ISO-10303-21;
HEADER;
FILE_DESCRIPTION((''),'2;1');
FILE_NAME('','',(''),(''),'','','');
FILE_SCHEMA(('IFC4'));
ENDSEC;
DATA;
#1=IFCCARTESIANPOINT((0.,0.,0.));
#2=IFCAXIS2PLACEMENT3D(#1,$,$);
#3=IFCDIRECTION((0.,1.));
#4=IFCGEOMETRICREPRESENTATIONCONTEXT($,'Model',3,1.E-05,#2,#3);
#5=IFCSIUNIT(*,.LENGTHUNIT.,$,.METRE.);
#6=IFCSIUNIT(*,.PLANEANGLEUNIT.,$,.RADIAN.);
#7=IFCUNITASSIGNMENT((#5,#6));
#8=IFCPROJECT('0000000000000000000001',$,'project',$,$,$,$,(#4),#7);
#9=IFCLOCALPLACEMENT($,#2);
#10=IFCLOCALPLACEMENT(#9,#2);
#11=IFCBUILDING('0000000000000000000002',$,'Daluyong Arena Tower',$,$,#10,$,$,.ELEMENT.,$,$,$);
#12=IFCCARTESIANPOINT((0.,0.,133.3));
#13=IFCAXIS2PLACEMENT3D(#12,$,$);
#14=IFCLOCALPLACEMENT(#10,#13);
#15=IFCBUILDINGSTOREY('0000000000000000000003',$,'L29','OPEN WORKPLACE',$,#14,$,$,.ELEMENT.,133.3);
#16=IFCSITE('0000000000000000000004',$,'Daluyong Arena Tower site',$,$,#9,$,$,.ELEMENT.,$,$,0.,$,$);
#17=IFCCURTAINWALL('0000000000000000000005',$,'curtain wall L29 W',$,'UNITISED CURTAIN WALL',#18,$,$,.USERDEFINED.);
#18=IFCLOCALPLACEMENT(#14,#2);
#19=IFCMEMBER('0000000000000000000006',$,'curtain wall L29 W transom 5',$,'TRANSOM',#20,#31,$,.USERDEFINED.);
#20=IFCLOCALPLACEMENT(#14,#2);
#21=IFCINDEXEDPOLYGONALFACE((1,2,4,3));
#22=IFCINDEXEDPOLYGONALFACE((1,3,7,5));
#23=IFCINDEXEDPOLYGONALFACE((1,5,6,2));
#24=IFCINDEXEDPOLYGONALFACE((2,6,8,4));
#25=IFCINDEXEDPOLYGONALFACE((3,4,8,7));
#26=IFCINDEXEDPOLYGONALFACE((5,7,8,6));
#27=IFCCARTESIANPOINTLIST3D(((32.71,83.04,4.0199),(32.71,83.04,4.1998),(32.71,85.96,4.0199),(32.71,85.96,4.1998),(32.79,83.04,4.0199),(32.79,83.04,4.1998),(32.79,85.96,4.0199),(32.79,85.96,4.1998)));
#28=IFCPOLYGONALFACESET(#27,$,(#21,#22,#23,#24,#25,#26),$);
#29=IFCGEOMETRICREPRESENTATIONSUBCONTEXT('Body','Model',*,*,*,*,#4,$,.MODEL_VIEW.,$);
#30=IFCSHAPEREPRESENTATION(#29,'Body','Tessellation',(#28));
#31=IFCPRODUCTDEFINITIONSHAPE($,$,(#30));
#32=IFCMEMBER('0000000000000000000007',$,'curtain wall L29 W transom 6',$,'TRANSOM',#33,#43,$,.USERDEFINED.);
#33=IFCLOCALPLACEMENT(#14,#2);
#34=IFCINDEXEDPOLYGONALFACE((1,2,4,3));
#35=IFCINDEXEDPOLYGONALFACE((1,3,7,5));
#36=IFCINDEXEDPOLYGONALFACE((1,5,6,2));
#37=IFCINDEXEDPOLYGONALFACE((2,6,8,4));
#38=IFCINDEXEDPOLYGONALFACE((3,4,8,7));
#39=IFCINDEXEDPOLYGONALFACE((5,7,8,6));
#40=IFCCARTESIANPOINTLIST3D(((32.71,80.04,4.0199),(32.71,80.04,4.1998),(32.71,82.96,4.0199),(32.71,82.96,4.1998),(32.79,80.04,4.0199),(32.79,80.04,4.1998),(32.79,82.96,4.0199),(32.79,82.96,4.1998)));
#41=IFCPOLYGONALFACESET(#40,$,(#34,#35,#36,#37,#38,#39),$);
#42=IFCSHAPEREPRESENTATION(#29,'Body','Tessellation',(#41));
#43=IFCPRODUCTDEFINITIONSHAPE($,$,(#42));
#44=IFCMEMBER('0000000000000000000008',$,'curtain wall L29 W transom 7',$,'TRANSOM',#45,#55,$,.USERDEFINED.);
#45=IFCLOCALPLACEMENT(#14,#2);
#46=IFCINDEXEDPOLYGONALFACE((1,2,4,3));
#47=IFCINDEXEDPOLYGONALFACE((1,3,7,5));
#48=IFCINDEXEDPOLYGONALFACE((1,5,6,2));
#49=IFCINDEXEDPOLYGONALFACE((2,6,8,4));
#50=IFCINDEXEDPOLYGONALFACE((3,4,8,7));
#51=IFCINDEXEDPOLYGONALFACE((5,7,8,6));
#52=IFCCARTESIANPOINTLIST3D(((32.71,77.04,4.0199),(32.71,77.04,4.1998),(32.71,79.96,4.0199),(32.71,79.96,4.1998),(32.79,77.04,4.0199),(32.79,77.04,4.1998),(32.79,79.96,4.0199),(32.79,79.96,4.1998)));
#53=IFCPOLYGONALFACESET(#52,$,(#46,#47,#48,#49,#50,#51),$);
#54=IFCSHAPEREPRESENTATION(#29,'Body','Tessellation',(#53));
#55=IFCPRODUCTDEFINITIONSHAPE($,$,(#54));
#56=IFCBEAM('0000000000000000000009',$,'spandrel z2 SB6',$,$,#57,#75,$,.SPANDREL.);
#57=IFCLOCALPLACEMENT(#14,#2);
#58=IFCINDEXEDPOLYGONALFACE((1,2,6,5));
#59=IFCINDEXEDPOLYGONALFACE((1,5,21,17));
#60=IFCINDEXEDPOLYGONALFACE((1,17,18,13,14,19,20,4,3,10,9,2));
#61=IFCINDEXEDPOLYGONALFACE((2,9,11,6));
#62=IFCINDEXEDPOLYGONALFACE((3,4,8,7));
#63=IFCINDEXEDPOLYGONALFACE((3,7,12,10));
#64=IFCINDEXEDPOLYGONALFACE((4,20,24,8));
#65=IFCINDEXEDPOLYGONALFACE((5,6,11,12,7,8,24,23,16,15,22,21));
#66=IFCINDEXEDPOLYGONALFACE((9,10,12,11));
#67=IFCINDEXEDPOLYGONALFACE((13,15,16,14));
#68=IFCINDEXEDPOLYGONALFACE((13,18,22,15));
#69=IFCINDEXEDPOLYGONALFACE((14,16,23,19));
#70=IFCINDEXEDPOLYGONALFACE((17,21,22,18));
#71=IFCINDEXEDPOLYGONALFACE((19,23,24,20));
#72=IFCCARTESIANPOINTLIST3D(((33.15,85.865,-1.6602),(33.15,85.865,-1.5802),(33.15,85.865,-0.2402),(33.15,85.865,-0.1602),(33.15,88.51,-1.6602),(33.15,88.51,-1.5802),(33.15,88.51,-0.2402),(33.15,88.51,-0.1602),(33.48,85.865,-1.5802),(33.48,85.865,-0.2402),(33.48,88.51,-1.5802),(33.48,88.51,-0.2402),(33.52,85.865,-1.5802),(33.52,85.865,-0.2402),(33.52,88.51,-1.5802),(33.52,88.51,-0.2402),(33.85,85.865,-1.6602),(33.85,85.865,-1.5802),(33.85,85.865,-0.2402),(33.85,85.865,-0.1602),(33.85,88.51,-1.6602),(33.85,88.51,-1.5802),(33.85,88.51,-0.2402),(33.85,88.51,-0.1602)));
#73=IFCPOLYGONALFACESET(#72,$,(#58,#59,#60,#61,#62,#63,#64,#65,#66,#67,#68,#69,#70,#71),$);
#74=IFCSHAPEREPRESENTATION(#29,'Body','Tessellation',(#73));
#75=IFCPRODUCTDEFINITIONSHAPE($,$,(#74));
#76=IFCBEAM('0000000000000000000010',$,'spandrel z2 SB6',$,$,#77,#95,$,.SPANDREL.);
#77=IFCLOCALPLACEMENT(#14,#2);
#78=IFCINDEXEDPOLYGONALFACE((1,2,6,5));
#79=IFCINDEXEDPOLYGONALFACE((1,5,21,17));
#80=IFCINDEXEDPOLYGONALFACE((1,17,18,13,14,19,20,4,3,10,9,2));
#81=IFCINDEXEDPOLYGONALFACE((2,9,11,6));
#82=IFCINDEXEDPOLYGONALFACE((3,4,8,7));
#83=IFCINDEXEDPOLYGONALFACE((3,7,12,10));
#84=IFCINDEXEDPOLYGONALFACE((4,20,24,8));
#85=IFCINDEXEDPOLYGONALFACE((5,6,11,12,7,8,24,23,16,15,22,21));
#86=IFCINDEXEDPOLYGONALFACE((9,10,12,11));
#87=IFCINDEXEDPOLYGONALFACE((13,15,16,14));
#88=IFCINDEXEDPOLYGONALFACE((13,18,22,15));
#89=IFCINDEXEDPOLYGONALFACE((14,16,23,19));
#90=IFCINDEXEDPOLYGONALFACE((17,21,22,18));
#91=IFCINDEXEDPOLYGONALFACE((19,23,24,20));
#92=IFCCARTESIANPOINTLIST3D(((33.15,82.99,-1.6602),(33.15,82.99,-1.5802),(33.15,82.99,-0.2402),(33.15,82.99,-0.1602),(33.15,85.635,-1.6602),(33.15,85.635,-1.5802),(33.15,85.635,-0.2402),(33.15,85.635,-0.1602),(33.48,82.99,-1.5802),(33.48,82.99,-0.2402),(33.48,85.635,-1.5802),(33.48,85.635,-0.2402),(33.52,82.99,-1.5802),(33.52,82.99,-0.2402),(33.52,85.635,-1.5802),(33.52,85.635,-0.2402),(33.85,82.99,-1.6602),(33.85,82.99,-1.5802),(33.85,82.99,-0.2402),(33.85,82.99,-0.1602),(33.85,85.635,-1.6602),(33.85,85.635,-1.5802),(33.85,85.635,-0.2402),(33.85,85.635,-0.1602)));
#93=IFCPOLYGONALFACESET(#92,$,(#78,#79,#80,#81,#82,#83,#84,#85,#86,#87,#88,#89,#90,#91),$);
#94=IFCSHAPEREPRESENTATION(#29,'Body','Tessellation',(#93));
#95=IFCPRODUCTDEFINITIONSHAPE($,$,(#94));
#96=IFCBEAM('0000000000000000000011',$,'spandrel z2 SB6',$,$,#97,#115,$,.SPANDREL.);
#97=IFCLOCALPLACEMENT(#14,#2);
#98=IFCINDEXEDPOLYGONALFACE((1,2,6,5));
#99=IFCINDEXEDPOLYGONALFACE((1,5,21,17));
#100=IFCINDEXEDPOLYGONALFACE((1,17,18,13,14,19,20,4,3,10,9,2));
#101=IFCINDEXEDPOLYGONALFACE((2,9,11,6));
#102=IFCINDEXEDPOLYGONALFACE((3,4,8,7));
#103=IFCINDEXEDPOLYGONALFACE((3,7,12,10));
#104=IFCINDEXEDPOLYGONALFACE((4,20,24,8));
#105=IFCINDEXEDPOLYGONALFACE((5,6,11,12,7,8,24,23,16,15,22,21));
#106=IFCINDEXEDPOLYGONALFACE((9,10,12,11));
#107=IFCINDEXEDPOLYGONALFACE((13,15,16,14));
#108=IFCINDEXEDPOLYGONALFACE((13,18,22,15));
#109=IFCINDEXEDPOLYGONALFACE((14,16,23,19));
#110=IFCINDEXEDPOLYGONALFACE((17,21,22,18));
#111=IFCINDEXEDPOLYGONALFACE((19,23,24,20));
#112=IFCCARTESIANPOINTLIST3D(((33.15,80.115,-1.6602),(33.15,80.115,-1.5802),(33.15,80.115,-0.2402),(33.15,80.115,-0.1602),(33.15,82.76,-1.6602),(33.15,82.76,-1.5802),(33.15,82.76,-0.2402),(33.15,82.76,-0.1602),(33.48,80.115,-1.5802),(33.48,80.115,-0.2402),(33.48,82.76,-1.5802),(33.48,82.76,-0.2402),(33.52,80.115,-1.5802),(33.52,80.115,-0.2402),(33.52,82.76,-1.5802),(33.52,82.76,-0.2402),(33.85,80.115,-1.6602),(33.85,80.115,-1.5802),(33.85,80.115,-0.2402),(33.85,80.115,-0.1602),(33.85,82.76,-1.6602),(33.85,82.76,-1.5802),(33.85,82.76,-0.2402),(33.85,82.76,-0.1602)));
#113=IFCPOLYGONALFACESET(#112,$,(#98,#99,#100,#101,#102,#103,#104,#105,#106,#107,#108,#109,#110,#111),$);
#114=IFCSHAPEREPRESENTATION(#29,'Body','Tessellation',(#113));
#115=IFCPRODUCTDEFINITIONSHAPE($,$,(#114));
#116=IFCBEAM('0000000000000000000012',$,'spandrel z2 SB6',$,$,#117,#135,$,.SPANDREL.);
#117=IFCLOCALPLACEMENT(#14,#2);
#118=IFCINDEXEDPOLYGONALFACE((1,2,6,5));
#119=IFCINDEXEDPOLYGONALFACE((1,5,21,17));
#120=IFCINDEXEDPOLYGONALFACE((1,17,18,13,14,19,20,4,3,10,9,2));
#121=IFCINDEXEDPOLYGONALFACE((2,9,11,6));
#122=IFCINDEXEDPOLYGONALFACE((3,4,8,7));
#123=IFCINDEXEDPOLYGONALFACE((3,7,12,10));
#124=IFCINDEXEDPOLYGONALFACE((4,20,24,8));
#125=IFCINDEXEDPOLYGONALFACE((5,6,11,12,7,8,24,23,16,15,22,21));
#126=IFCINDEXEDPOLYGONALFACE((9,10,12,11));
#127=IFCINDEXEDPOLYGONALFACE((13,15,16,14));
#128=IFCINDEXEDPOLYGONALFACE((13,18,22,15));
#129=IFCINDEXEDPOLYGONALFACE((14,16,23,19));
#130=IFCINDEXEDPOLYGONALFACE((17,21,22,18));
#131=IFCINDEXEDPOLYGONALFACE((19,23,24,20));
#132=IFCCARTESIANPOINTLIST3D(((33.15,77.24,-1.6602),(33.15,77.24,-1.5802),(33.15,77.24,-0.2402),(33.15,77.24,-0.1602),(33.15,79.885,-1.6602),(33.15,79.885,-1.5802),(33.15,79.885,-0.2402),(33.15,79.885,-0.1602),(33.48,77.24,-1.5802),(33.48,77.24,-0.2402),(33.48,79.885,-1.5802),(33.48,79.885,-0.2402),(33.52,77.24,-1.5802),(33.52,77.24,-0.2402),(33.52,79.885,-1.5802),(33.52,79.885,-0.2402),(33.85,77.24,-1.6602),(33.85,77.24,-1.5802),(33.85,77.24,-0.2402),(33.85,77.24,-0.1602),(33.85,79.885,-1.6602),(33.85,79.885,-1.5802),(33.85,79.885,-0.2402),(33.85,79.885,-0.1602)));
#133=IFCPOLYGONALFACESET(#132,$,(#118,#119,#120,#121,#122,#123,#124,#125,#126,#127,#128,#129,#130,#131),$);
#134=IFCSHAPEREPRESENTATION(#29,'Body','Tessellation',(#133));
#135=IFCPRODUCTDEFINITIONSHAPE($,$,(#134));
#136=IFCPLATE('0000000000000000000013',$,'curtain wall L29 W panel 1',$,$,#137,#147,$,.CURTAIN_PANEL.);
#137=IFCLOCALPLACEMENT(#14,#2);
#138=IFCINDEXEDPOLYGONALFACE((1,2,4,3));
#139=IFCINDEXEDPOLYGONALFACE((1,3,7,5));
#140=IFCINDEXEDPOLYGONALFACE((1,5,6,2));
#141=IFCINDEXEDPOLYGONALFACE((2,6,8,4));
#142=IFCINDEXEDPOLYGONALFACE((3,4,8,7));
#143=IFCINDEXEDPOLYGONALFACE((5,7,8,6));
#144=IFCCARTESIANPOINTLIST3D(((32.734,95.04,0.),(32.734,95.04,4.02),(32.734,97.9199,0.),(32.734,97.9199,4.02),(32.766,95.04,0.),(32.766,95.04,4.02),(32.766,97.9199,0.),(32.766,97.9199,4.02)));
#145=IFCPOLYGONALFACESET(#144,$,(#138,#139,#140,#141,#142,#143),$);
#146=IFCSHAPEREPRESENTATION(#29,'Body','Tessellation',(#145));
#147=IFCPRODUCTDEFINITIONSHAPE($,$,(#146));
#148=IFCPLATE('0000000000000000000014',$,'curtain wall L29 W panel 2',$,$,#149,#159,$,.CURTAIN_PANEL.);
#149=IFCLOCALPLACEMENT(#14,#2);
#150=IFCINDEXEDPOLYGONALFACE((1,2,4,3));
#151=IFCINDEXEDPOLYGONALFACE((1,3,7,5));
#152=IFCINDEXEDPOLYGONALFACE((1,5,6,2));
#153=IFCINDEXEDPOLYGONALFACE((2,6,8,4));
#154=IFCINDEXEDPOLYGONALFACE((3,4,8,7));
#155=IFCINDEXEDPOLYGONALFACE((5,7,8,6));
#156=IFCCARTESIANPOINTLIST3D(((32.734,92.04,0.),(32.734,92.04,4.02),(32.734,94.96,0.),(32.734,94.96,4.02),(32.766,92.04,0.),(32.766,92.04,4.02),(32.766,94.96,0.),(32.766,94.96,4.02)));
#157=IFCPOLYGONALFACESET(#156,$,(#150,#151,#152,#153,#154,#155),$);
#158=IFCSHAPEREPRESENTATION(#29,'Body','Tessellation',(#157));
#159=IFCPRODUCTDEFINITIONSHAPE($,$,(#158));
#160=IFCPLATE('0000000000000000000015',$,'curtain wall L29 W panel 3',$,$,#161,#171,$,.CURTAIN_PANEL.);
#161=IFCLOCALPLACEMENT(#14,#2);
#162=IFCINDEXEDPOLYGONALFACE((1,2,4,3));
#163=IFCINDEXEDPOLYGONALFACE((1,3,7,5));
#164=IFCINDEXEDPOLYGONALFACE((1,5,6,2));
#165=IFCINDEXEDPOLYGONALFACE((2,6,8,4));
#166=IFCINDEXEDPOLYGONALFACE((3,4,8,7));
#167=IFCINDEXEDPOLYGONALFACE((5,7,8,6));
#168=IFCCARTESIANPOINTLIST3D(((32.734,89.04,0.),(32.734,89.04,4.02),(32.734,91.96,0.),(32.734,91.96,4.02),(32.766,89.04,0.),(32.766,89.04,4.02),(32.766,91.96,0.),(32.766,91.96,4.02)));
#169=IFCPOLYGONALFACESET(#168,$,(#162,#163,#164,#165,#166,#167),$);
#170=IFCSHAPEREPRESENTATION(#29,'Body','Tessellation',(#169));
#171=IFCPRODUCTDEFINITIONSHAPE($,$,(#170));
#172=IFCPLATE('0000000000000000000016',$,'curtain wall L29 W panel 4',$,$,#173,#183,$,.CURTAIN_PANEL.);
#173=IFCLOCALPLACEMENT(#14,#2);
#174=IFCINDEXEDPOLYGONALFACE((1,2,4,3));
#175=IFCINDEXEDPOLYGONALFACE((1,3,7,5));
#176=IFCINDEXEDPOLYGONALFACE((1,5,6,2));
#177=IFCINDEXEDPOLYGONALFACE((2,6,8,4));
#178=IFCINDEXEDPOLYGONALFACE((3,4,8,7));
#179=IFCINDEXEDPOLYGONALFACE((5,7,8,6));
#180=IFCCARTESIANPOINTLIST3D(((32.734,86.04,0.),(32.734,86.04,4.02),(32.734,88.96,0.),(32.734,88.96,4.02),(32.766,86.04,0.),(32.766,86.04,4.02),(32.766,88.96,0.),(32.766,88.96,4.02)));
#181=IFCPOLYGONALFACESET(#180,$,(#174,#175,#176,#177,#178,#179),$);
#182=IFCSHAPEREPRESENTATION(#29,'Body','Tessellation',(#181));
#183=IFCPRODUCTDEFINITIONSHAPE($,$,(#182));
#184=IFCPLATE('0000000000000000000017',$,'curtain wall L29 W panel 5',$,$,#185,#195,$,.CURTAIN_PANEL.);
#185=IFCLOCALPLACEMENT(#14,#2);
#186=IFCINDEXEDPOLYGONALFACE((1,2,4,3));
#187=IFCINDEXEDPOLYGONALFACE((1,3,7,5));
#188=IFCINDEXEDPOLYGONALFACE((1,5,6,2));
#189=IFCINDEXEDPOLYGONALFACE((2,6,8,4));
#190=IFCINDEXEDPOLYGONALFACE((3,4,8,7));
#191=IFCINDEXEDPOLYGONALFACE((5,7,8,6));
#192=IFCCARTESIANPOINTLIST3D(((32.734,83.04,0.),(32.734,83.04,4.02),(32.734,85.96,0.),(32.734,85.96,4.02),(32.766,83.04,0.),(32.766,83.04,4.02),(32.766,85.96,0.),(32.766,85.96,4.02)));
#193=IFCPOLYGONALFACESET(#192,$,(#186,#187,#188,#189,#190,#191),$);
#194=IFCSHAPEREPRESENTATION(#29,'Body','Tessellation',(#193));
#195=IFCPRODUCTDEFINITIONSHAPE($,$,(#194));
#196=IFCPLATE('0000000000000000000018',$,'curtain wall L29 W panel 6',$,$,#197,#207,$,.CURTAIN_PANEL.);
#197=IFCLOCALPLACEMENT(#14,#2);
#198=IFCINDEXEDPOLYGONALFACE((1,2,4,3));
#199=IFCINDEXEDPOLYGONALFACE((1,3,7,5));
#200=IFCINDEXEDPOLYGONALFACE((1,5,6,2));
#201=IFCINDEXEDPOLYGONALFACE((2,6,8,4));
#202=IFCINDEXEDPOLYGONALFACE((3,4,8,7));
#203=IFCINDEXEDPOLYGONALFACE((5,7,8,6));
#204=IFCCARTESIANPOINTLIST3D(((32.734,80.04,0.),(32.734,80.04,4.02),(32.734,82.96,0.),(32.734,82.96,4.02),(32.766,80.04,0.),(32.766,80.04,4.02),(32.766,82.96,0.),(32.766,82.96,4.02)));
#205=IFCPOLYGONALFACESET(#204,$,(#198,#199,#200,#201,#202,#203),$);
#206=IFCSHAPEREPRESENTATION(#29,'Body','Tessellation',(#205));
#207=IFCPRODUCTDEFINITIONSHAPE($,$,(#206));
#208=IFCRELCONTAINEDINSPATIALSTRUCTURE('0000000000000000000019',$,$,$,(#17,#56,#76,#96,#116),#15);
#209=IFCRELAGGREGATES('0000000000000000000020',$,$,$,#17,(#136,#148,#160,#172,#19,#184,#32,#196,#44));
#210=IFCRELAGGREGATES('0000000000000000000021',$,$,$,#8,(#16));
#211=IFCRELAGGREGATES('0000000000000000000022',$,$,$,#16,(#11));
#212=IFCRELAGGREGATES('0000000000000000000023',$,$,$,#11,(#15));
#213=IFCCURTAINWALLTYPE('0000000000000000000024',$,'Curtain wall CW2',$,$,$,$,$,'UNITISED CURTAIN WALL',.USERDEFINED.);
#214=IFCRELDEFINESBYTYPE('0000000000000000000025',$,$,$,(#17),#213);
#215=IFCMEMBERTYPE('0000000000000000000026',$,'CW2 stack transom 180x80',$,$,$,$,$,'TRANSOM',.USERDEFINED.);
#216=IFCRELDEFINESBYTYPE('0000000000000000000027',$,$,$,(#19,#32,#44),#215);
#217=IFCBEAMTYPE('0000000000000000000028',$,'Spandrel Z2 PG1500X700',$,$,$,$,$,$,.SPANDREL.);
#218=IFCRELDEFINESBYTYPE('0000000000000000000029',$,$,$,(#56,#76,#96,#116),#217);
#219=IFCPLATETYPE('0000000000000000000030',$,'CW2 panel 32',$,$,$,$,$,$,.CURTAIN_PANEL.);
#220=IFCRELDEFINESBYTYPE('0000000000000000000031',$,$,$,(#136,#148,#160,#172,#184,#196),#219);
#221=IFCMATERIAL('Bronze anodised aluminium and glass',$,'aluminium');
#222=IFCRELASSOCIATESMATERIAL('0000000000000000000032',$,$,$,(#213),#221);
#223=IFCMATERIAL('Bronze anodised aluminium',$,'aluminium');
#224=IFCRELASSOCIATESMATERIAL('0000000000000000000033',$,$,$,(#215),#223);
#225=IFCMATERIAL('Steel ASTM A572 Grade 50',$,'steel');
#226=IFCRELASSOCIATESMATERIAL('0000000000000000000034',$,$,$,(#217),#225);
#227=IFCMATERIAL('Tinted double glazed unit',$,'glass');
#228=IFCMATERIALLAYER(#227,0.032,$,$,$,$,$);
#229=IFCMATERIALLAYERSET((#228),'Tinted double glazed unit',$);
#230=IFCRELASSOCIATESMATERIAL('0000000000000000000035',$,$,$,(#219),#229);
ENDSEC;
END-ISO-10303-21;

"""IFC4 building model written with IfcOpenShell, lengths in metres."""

from ifc_helpers import new_model, si_unit, direction, frame, origin, origin_2d, place, context, subcontext, project, spatial, rectangle, i_section, extrude, material, layer, layer_set, material_profile, profile_set, type_object, element, aggregate, save


model = new_model("IFC4")

# Units and contexts
model_context = context("Model", 3, precision=1e-05, world=origin(), true_north=direction((0.0, 1.0)))
body_context = subcontext(model_context, "Body", "Model", "MODEL_VIEW")
ifc_project = project(units=[si_unit("LENGTHUNIT", "METRE"), si_unit("PLANEANGLEUNIT", "RADIAN")], contexts=[model_context])

# Site, building, storey
site_placement = place(None, origin())
site = spatial("IfcSite", under=ifc_project, at=site_placement, Name="Daluyong Arena Tower site", CompositionType="ELEMENT", RefElevation=0.0)
building_placement = place(site_placement, origin())
building = spatial("IfcBuilding", under=site, at=building_placement, Name="Daluyong Arena Tower", CompositionType="ELEMENT")
storey_placement = place(building_placement, frame((0.0, 0.0, 133.3)))
storey = spatial("IfcBuildingStorey", under=building, at=storey_placement, Name="L29", Description="OPEN WORKPLACE", CompositionType="ELEMENT", Elevation=133.3)

# Curtain wall, members
ifc_material_1 = material(Name="Bronze anodised aluminium and glass", Category="aluminium")
curtain_wall_type = type_object("IfcCurtainWallType", Name="Curtain wall CW2", ElementType="UNITISED CURTAIN WALL", PredefinedType="USERDEFINED", material=ifc_material_1)
curtain_wall_placement = place(storey_placement, origin())
curtain_wall = element("IfcCurtainWall", 1, at=curtain_wall_placement, inside=storey, type_object=curtain_wall_type, Name="curtain wall L29 W", ObjectType="UNITISED CURTAIN WALL", PredefinedType="USERDEFINED")
ifc_material_2 = material(Name="Bronze anodised aluminium", Category="aluminium")
ifc_material_profile_1 = material_profile(ifc_material_2, rectangle(XDim=0.0801, YDim=0.1799, at=origin_2d()))
ifc_profile_set_1 = profile_set([ifc_material_profile_1], Name="Bronze anodised aluminium")
member_type_1 = type_object("IfcMemberType", Name="CW2 stack transom 180x80", ElementType="TRANSOM", PredefinedType="USERDEFINED", material=ifc_profile_set_1)
member_1_placement = place(storey_placement, frame((32.75, 85.96, 4.1099), z_axis=(0.0, -1.0, 0.0), x_axis=(1.0, 0.0, 0.0)))
member_1 = element("IfcMember", 2, at=member_1_placement, type_object=member_type_1, Name="curtain wall L29 W transom 5", ObjectType="TRANSOM", PredefinedType="USERDEFINED", context=body_context, shape_type="SweptSolid", body=[
    extrude(rectangle(XDim=0.0801, YDim=0.1799, at=origin_2d()), origin(), (0.0, 0.0, 1.0), 2.9199),
])
member_2_placement = place(storey_placement, frame((32.75, 82.96, 4.1099), z_axis=(0.0, -1.0, 0.0), x_axis=(1.0, 0.0, 0.0)))
member_2 = element("IfcMember", 3, at=member_2_placement, type_object=member_type_1, Name="curtain wall L29 W transom 6", ObjectType="TRANSOM", PredefinedType="USERDEFINED", context=body_context, shape_type="SweptSolid", body=[
    extrude(rectangle(XDim=0.0801, YDim=0.1799, at=origin_2d()), origin(), (0.0, 0.0, 1.0), 2.9199),
])
member_3_placement = place(storey_placement, frame((32.75, 79.96, 4.1099), z_axis=(0.0, -1.0, 0.0), x_axis=(1.0, 0.0, 0.0)))
member_3 = element("IfcMember", 4, at=member_3_placement, type_object=member_type_1, Name="curtain wall L29 W transom 7", ObjectType="TRANSOM", PredefinedType="USERDEFINED", context=body_context, shape_type="SweptSolid", body=[
    extrude(rectangle(XDim=0.0801, YDim=0.1799, at=origin_2d()), origin(), (0.0, 0.0, 1.0), 2.9199),
])

# Beams
ifc_material_3 = material(Name="Steel ASTM A572 Grade 50", Category="steel")
ifc_material_profile_2 = material_profile(ifc_material_3, i_section(OverallWidth=0.7, OverallDepth=1.5, WebThickness=0.04, FlangeThickness=0.08, at=origin_2d()))
ifc_profile_set_2 = profile_set([ifc_material_profile_2], Name="Steel ASTM A572 Grade 50")
beam_type = type_object("IfcBeamType", Name="Spandrel Z2 PG1500X700", PredefinedType="SPANDREL", material=ifc_profile_set_2)
for number, where, z_axis, x_axis, name in (
    (5, (33.5, 88.51, -0.9102), (0.0, -1.0, 0.0), (1.0, 0.0, 0.0), "spandrel z2 SB6"),
    (6, (33.5, 85.635, -0.9102), (0.0, -1.0, 0.0), (1.0, 0.0, 0.0), "spandrel z2 SB6"),
    (7, (33.5, 82.76, -0.9102), (0.0, -1.0, 0.0), (1.0, 0.0, 0.0), "spandrel z2 SB6"),
    (8, (33.5, 79.885, -0.9102), (0.0, -1.0, 0.0), (1.0, 0.0, 0.0), "spandrel z2 SB6"),
):
    element("IfcBeam", number, at=place(storey_placement, frame(where, z_axis=z_axis, x_axis=x_axis)), inside=storey, type_object=beam_type, Name=name, PredefinedType="SPANDREL", context=body_context, shape_type="SweptSolid", body=[
        extrude(i_section(OverallWidth=0.7, OverallDepth=1.5, WebThickness=0.04, FlangeThickness=0.08, at=origin_2d()), origin(), (0.0, 0.0, 1.0), 2.645),
    ])

# Plates
ifc_material_4 = material(Name="Tinted double glazed unit", Category="glass")
ifc_layer_1 = layer(ifc_material_4, 0.032)
ifc_layer_set_1 = layer_set([ifc_layer_1], Name="Tinted double glazed unit")
plate_type = type_object("IfcPlateType", Name="CW2 panel 32", PredefinedType="CURTAIN_PANEL", material=ifc_layer_set_1)
plate_1_placement = place(storey_placement, frame((32.75, 96.48, 0.0), z_axis=(0.0, 0.0, 1.0), x_axis=(0.0, -1.0, 0.0)))
plate_1 = element("IfcPlate", 9, at=plate_1_placement, type_object=plate_type, Name="curtain wall L29 W panel 1", PredefinedType="CURTAIN_PANEL", context=body_context, shape_type="SweptSolid", body=[
    extrude(rectangle(XDim=2.8799, YDim=0.032, at=origin_2d()), origin(), (0.0, 0.0, 1.0), 4.02),
])
plate_2_placement = place(storey_placement, frame((32.75, 93.5, 0.0), z_axis=(0.0, 0.0, 1.0), x_axis=(0.0, -1.0, 0.0)))
plate_2 = element("IfcPlate", 10, at=plate_2_placement, type_object=plate_type, Name="curtain wall L29 W panel 2", PredefinedType="CURTAIN_PANEL", context=body_context, shape_type="SweptSolid", body=[
    extrude(rectangle(XDim=2.9199, YDim=0.032, at=origin_2d()), origin(), (0.0, 0.0, 1.0), 4.02),
])
plate_3_placement = place(storey_placement, frame((32.75, 90.5, 0.0), z_axis=(0.0, 0.0, 1.0), x_axis=(0.0, -1.0, 0.0)))
plate_3 = element("IfcPlate", 11, at=plate_3_placement, type_object=plate_type, Name="curtain wall L29 W panel 3", PredefinedType="CURTAIN_PANEL", context=body_context, shape_type="SweptSolid", body=[
    extrude(rectangle(XDim=2.9199, YDim=0.032, at=origin_2d()), origin(), (0.0, 0.0, 1.0), 4.02),
])
plate_4_placement = place(storey_placement, frame((32.75, 87.5, 0.0), z_axis=(0.0, 0.0, 1.0), x_axis=(0.0, -1.0, 0.0)))
plate_4 = element("IfcPlate", 12, at=plate_4_placement, type_object=plate_type, Name="curtain wall L29 W panel 4", PredefinedType="CURTAIN_PANEL", context=body_context, shape_type="SweptSolid", body=[
    extrude(rectangle(XDim=2.9199, YDim=0.032, at=origin_2d()), origin(), (0.0, 0.0, 1.0), 4.02),
])
plate_5_placement = place(storey_placement, frame((32.75, 84.5, 0.0), z_axis=(0.0, 0.0, 1.0), x_axis=(0.0, -1.0, 0.0)))
plate_5 = element("IfcPlate", 13, at=plate_5_placement, type_object=plate_type, Name="curtain wall L29 W panel 5", PredefinedType="CURTAIN_PANEL", context=body_context, shape_type="SweptSolid", body=[
    extrude(rectangle(XDim=2.9199, YDim=0.032, at=origin_2d()), origin(), (0.0, 0.0, 1.0), 4.02),
])
plate_6_placement = place(storey_placement, frame((32.75, 81.5, 0.0), z_axis=(0.0, 0.0, 1.0), x_axis=(0.0, -1.0, 0.0)))
plate_6 = element("IfcPlate", 14, at=plate_6_placement, type_object=plate_type, Name="curtain wall L29 W panel 6", PredefinedType="CURTAIN_PANEL", context=body_context, shape_type="SweptSolid", body=[
    extrude(rectangle(XDim=2.9199, YDim=0.032, at=origin_2d()), origin(), (0.0, 0.0, 1.0), 4.02),
])
aggregate(curtain_wall, [plate_1, plate_2, plate_3, plate_4, member_1, plate_5, member_2, plate_6, member_3])

save(model, "model.ifc")
